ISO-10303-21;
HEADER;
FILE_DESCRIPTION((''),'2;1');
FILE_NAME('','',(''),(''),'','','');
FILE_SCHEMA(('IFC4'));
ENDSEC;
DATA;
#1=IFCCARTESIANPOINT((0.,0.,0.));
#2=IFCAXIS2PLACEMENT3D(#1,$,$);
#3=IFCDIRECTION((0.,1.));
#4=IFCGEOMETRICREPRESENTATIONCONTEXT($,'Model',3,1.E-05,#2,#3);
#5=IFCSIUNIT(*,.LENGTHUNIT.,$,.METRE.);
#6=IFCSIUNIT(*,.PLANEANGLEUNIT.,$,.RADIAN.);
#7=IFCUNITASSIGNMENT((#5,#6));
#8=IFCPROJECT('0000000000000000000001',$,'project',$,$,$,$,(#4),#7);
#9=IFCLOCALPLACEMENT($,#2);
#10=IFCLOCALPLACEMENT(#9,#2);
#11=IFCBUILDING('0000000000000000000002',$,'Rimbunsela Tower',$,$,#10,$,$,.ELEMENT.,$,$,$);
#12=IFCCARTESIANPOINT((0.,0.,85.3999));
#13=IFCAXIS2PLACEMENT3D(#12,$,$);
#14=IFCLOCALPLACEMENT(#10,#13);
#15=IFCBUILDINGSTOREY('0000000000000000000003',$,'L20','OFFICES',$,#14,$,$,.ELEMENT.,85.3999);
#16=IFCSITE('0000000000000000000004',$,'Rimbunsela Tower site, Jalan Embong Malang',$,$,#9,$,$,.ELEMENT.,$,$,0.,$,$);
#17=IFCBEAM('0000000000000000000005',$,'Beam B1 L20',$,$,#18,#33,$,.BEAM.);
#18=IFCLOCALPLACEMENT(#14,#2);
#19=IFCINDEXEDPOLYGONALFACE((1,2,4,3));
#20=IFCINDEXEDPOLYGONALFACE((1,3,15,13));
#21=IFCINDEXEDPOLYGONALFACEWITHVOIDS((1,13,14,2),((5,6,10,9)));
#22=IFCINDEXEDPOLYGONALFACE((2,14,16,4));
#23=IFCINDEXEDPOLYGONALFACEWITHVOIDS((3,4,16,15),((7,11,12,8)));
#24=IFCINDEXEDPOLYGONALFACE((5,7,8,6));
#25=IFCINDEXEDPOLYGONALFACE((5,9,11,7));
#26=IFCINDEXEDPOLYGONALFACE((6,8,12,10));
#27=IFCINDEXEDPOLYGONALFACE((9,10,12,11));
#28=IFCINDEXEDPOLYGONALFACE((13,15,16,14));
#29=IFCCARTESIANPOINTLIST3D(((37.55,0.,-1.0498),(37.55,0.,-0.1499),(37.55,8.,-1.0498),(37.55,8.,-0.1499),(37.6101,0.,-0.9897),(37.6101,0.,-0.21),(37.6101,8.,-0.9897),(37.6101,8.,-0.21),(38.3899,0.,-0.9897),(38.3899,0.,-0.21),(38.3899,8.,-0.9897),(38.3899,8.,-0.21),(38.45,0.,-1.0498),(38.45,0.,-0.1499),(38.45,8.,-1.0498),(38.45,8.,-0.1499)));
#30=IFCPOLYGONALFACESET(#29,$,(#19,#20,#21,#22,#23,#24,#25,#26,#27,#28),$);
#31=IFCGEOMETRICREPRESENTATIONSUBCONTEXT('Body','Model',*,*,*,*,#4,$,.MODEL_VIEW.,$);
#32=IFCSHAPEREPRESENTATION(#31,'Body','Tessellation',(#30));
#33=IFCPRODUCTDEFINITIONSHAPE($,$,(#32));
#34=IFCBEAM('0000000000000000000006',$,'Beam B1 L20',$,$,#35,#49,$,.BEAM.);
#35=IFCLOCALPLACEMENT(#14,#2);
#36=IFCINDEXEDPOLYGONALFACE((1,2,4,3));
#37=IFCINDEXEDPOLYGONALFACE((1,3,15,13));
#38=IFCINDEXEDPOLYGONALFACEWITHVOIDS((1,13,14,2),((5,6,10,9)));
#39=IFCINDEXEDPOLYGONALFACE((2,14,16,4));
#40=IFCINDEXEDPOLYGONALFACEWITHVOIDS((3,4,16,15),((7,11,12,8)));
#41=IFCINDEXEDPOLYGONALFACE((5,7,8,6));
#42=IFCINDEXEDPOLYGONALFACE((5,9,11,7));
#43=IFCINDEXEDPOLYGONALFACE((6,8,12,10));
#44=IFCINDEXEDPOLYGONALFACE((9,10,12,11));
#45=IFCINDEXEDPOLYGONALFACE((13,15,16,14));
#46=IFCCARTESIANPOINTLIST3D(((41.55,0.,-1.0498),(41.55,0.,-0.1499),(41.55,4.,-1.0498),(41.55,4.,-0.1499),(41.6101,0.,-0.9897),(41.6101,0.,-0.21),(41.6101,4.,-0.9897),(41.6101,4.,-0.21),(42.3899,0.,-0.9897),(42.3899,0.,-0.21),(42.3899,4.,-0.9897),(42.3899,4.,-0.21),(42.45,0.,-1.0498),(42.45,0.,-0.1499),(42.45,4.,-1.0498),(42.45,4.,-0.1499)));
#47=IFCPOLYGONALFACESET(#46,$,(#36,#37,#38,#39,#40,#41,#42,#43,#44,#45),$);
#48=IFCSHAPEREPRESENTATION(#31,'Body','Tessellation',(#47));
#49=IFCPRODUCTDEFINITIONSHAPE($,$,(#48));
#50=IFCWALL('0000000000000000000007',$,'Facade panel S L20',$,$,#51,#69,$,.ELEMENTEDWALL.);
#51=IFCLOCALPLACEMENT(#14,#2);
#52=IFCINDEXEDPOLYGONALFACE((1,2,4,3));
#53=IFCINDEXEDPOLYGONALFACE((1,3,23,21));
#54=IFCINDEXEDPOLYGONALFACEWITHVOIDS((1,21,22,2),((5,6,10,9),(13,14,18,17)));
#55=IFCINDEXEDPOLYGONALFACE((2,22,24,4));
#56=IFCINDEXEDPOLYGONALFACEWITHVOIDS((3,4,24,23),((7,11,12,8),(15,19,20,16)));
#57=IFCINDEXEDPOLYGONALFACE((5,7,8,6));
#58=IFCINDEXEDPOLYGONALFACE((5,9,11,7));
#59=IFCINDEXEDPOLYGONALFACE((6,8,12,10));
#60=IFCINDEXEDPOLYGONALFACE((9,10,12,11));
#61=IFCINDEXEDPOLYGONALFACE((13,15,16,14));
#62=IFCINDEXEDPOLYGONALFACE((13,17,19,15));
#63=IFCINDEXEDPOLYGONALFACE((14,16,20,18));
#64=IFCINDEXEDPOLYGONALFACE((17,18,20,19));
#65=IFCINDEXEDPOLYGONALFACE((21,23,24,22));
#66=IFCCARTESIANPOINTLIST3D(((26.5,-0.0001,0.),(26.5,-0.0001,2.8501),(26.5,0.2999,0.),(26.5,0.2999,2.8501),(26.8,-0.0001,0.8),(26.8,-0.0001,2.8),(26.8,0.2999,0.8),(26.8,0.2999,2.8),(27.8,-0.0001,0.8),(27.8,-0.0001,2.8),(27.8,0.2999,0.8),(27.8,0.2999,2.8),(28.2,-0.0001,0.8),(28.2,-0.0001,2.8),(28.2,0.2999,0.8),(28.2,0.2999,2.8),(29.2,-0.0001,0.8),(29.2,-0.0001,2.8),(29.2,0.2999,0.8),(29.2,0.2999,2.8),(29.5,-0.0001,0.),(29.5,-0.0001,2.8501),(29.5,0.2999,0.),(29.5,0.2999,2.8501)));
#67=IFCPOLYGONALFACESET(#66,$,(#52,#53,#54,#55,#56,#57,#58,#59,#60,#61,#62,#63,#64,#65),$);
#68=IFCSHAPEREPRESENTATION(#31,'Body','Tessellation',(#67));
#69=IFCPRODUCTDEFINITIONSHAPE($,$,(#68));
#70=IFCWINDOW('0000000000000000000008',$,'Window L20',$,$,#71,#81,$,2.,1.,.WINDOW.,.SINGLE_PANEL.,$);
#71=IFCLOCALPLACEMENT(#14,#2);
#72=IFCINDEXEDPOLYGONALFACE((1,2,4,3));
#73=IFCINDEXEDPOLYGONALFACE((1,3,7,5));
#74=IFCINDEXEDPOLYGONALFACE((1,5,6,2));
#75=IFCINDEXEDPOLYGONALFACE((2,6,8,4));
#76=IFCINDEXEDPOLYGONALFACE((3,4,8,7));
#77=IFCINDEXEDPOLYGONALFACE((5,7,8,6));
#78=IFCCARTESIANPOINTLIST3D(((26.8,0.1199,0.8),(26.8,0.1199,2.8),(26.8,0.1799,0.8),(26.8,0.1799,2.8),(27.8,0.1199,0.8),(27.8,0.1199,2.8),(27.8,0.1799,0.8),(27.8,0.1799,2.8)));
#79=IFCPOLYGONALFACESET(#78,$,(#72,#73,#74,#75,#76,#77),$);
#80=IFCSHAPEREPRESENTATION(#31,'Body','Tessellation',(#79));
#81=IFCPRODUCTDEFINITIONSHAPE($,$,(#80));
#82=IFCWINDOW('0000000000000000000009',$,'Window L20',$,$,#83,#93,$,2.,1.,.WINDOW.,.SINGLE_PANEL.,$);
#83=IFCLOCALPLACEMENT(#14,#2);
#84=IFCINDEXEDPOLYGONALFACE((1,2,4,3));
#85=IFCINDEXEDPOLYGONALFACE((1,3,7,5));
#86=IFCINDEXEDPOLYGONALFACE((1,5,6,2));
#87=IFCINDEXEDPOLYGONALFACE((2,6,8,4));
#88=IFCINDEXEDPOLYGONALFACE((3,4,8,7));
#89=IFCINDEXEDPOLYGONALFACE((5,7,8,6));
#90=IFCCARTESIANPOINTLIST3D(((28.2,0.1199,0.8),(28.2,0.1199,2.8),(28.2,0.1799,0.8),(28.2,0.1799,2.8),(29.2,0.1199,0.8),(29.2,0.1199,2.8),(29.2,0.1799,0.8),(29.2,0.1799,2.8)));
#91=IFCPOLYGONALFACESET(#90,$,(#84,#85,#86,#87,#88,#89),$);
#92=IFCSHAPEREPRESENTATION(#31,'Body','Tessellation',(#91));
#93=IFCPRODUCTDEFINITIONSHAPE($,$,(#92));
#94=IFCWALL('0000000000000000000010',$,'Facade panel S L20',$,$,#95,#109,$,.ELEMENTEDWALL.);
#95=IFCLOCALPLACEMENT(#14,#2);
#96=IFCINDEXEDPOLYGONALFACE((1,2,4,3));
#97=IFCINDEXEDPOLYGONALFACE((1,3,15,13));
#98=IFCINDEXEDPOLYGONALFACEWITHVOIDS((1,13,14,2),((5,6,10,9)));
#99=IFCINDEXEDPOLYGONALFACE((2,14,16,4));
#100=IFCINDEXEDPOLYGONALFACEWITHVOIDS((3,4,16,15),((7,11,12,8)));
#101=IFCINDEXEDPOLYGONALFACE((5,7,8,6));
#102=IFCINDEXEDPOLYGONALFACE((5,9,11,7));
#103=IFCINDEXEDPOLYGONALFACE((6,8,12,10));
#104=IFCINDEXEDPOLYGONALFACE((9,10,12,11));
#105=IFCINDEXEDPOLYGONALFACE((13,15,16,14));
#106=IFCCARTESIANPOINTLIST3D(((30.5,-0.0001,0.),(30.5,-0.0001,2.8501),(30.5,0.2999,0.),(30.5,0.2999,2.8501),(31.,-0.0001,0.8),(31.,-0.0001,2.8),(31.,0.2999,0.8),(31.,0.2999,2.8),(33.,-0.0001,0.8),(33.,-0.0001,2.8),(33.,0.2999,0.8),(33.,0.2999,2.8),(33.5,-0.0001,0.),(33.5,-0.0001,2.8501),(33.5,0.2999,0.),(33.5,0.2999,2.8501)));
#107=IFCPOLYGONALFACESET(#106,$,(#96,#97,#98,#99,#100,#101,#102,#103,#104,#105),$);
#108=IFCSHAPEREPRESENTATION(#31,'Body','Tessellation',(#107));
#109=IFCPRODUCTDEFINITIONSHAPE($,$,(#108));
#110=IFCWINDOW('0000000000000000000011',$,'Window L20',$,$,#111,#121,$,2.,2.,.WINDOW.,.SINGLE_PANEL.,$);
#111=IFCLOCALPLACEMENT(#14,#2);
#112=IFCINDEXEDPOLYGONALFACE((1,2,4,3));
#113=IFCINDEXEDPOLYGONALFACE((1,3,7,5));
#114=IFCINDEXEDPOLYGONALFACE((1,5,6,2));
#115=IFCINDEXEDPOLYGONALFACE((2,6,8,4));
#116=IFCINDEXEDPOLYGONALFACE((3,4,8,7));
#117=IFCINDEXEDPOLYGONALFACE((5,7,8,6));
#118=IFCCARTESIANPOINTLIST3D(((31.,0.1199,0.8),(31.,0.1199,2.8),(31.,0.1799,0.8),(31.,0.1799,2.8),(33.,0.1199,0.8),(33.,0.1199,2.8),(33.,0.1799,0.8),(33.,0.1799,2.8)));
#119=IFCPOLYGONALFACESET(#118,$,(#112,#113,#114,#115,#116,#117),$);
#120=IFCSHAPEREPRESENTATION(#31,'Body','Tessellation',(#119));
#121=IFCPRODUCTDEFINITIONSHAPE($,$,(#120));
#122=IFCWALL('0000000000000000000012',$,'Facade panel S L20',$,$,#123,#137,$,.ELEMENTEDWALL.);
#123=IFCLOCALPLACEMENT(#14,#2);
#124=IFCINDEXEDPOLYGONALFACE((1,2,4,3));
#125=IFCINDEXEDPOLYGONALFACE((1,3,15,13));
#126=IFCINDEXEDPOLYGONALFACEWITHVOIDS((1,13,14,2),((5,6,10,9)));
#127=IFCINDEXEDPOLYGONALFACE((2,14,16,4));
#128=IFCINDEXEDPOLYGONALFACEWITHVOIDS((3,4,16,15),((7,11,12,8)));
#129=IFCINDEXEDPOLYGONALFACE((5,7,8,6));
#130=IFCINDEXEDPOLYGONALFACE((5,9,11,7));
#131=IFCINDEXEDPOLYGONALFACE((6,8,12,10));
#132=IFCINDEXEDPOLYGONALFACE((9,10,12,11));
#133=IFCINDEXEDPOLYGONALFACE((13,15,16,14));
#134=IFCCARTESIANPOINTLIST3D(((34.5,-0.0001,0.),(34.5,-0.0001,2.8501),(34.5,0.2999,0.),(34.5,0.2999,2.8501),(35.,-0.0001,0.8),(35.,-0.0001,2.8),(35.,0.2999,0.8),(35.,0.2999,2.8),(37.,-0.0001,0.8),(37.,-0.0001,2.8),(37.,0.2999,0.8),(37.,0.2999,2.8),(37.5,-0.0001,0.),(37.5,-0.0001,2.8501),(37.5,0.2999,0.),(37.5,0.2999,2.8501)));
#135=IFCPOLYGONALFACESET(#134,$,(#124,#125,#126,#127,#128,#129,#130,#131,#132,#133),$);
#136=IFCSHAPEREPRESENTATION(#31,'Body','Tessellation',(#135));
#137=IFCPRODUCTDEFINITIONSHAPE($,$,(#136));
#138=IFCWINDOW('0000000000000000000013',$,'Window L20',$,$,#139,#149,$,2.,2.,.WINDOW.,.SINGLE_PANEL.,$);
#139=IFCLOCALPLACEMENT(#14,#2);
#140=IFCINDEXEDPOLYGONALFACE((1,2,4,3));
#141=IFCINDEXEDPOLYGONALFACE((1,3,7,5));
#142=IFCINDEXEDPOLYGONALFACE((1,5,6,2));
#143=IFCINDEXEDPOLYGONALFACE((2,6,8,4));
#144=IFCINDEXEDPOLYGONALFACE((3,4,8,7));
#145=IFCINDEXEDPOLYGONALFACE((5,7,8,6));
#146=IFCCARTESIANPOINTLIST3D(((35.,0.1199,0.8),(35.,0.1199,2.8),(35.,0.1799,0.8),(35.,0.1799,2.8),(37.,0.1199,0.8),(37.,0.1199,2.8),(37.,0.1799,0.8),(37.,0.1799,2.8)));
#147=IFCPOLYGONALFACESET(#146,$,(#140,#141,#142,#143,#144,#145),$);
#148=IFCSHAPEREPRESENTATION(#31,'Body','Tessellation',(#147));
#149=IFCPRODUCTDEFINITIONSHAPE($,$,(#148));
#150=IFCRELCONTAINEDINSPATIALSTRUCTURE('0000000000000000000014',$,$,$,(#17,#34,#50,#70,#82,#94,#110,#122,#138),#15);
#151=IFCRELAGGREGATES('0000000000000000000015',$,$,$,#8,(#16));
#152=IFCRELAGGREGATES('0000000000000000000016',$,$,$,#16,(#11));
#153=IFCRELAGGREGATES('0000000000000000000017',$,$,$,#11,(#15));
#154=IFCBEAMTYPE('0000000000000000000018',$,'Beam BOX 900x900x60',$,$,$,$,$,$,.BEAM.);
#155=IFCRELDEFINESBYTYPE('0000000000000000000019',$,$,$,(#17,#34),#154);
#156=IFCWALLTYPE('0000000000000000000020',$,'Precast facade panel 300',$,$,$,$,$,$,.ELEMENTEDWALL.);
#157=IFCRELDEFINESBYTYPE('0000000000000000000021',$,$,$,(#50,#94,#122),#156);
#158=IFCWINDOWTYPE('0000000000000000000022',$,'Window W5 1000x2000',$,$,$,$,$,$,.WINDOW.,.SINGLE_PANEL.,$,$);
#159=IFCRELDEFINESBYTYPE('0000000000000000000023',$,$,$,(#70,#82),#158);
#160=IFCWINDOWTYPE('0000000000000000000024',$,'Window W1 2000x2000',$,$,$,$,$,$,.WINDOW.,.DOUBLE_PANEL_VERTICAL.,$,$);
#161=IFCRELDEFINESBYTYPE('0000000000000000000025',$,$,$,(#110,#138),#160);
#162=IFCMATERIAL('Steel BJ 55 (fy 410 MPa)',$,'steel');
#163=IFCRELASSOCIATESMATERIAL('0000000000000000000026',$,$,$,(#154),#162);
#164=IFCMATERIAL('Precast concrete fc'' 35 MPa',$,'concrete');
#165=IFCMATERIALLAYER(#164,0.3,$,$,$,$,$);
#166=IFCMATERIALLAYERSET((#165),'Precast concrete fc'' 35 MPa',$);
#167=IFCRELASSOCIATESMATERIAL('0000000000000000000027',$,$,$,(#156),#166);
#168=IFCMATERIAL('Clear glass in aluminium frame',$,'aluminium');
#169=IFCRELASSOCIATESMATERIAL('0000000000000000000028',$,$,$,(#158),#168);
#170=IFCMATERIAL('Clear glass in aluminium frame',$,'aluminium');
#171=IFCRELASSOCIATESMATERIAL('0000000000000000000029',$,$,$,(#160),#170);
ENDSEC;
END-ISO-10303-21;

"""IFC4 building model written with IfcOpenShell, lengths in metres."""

from ifc_helpers import new_model, si_unit, direction, frame, frame_2d, origin, origin_2d, place, context, subcontext, project, spatial, rectangle, hollow_rectangle, extrude, material, layer, layer_set, material_profile, profile_set, type_object, element, fill, save


model = new_model("IFC4")

# Units and contexts
model_context = context("Model", 3, precision=1e-05, world=origin(), true_north=direction((0.0, 1.0)))
body_context = subcontext(model_context, "Body", "Model", "MODEL_VIEW")
ifc_project = project(units=[si_unit("LENGTHUNIT", "METRE"), si_unit("PLANEANGLEUNIT", "RADIAN")], contexts=[model_context])

# Site, building, storey
site_placement = place(None, origin())
site = spatial("IfcSite", under=ifc_project, at=site_placement, Name="Rimbunsela Tower site, Jalan Embong Malang", CompositionType="ELEMENT", RefElevation=0.0)
building_placement = place(site_placement, origin())
building = spatial("IfcBuilding", under=site, at=building_placement, Name="Rimbunsela Tower", CompositionType="ELEMENT")
storey_placement = place(building_placement, frame((0.0, 0.0, 85.3999)))
storey = spatial("IfcBuildingStorey", under=building, at=storey_placement, Name="L20", Description="OFFICES", CompositionType="ELEMENT", Elevation=85.3999)

# Beams
ifc_material_1 = material(Name="Steel BJ 55 (fy 410 MPa)", Category="steel")
ifc_material_profile_1 = material_profile(ifc_material_1, hollow_rectangle(XDim=0.8999, YDim=0.8999, WallThickness=0.0601, at=origin_2d()), Name="BOX 900x900x60")
ifc_profile_set_1 = profile_set([ifc_material_profile_1], Name="Steel BJ 55 (fy 410 MPa)")
beam_type_1 = type_object("IfcBeamType", Name="Beam BOX 900x900x60", PredefinedType="BEAM", material=ifc_profile_set_1)
beam_1_placement = place(storey_placement, frame((38.0, 0.0, -0.5999), z_axis=(0.0, 1.0, 0.0), x_axis=(-1.0, 0.0, 0.0)))
element("IfcBeam", 1, at=beam_1_placement, inside=storey, type_object=beam_type_1, Name="Beam B1 L20", PredefinedType="BEAM", context=body_context, shape_type="SweptSolid", body=[
    extrude(hollow_rectangle(XDim=0.8999, YDim=0.8999, WallThickness=0.0601, at=origin_2d()), origin(), (0.0, 0.0, 1.0), 8.0),
])
beam_2_placement = place(storey_placement, frame((42.0, 0.0, -0.5999), z_axis=(0.0, 1.0, 0.0), x_axis=(-1.0, 0.0, 0.0)))
element("IfcBeam", 2, at=beam_2_placement, inside=storey, type_object=beam_type_1, Name="Beam B1 L20", PredefinedType="BEAM", context=body_context, shape_type="SweptSolid", body=[
    extrude(hollow_rectangle(XDim=0.8999, YDim=0.8999, WallThickness=0.0601, at=origin_2d()), origin(), (0.0, 0.0, 1.0), 4.0),
])

# Wall, openings, windows
ifc_material_2 = material(Name="Precast concrete fc' 35 MPa", Category="concrete")
ifc_layer_1 = layer(ifc_material_2, 0.3)
ifc_layer_set_1 = layer_set([ifc_layer_1], Name="Precast concrete fc' 35 MPa")
wall_type_1 = type_object("IfcWallType", Name="Precast facade panel 300", PredefinedType="ELEMENTEDWALL", material=ifc_layer_set_1)
wall_1_placement = place(storey_placement, frame((26.5, 0.1499, 0.0), z_axis=(0.0, 0.0, 1.0), x_axis=(1.0, 0.0, 0.0)))
wall_1 = element("IfcWall", 3, at=wall_1_placement, inside=storey, type_object=wall_type_1, Name="Facade panel S L20", PredefinedType="ELEMENTEDWALL", context=body_context, shape_type="SweptSolid", body=[
    extrude(rectangle(XDim=3.0, YDim=0.3, at=frame_2d((1.5, 0.0))), origin(), (0.0, 0.0, 1.0), 2.8501),
])
opening_1_placement = place(wall_1_placement, frame((0.3, 0.0, 0.8)))
opening_1 = element("IfcOpeningElement", 4, at=opening_1_placement, cuts=wall_1, PredefinedType="OPENING", context=body_context, shape_type="SweptSolid", body=[
    extrude(rectangle(XDim=1.0, YDim=2.0, at=frame_2d((0.5, 1.0))), frame((0.0, 0.1599, 0.0), z_axis=(0.0, -1.0, 0.0), x_axis=(1.0, 0.0, 0.0)), (0.0, 0.0, 1.0), 0.3201),
])
opening_2_placement = place(wall_1_placement, frame((1.7, 0.0, 0.8)))
opening_2 = element("IfcOpeningElement", 5, at=opening_2_placement, cuts=wall_1, PredefinedType="OPENING", context=body_context, shape_type="SweptSolid", body=[
    extrude(rectangle(XDim=1.0, YDim=2.0, at=frame_2d((0.5, 1.0))), frame((0.0, 0.1599, 0.0), z_axis=(0.0, -1.0, 0.0), x_axis=(1.0, 0.0, 0.0)), (0.0, 0.0, 1.0), 0.3201),
])
ifc_material_3 = material(Name="Clear glass in aluminium frame", Category="aluminium")
window_type_1 = type_object("IfcWindowType", Name="Window W5 1000x2000", PartitioningType="SINGLE_PANEL", PredefinedType="WINDOW", material=ifc_material_3)
window_1_placement = place(opening_1_placement, origin())
window_1 = element("IfcWindow", 6, at=window_1_placement, inside=storey, type_object=window_type_1, Name="Window L20", OverallHeight=2.0, OverallWidth=1.0, PartitioningType="SINGLE_PANEL", PredefinedType="WINDOW", context=body_context, shape_type="SweptSolid", body=[
    extrude(rectangle(XDim=1.0, YDim=2.0, at=frame_2d((0.5, 1.0))), frame((0.0, 0.03, 0.0), z_axis=(0.0, -1.0, 0.0), x_axis=(1.0, 0.0, 0.0)), (0.0, 0.0, 1.0), 0.0601),
])
fill(opening_1, window_1)
window_2_placement = place(opening_2_placement, origin())
window_2 = element("IfcWindow", 7, at=window_2_placement, inside=storey, type_object=window_type_1, Name="Window L20", OverallHeight=2.0, OverallWidth=1.0, PartitioningType="SINGLE_PANEL", PredefinedType="WINDOW", context=body_context, shape_type="SweptSolid", body=[
    extrude(rectangle(XDim=1.0, YDim=2.0, at=frame_2d((0.5, 1.0))), frame((0.0, 0.03, 0.0), z_axis=(0.0, -1.0, 0.0), x_axis=(1.0, 0.0, 0.0)), (0.0, 0.0, 1.0), 0.0601),
])
fill(opening_2, window_2)

# Walls, openings, windows
wall_2_placement = place(storey_placement, frame((30.5, 0.1499, 0.0), z_axis=(0.0, 0.0, 1.0), x_axis=(1.0, 0.0, 0.0)))
wall_2 = element("IfcWall", 8, at=wall_2_placement, inside=storey, type_object=wall_type_1, Name="Facade panel S L20", PredefinedType="ELEMENTEDWALL", context=body_context, shape_type="SweptSolid", body=[
    extrude(rectangle(XDim=3.0, YDim=0.3, at=frame_2d((1.5, 0.0))), origin(), (0.0, 0.0, 1.0), 2.8501),
])
opening_3_placement = place(wall_2_placement, frame((0.5, 0.0, 0.8)))
opening_3 = element("IfcOpeningElement", 9, at=opening_3_placement, cuts=wall_2, PredefinedType="OPENING", context=body_context, shape_type="SweptSolid", body=[
    extrude(rectangle(XDim=2.0, YDim=2.0, at=frame_2d((1.0, 1.0))), frame((0.0, 0.1599, 0.0), z_axis=(0.0, -1.0, 0.0), x_axis=(1.0, 0.0, 0.0)), (0.0, 0.0, 1.0), 0.3201),
])
ifc_material_4 = material(Name="Clear glass in aluminium frame", Category="aluminium")
window_type_2 = type_object("IfcWindowType", Name="Window W1 2000x2000", PartitioningType="DOUBLE_PANEL_VERTICAL", PredefinedType="WINDOW", material=ifc_material_4)
window_3_placement = place(opening_3_placement, origin())
window_3 = element("IfcWindow", 10, at=window_3_placement, inside=storey, type_object=window_type_2, Name="Window L20", OverallHeight=2.0, OverallWidth=2.0, PartitioningType="SINGLE_PANEL", PredefinedType="WINDOW", context=body_context, shape_type="SweptSolid", body=[
    extrude(rectangle(XDim=2.0, YDim=2.0, at=frame_2d((1.0, 1.0))), frame((0.0, 0.03, 0.0), z_axis=(0.0, -1.0, 0.0), x_axis=(1.0, 0.0, 0.0)), (0.0, 0.0, 1.0), 0.0601),
])
fill(opening_3, window_3)
wall_3_placement = place(storey_placement, frame((34.5, 0.1499, 0.0), z_axis=(0.0, 0.0, 1.0), x_axis=(1.0, 0.0, 0.0)))
wall_3 = element("IfcWall", 11, at=wall_3_placement, inside=storey, type_object=wall_type_1, Name="Facade panel S L20", PredefinedType="ELEMENTEDWALL", context=body_context, shape_type="SweptSolid", body=[
    extrude(rectangle(XDim=3.0, YDim=0.3, at=frame_2d((1.5, 0.0))), origin(), (0.0, 0.0, 1.0), 2.8501),
])
opening_4_placement = place(wall_3_placement, frame((0.5, 0.0, 0.8)))
opening_4 = element("IfcOpeningElement", 12, at=opening_4_placement, cuts=wall_3, PredefinedType="OPENING", context=body_context, shape_type="SweptSolid", body=[
    extrude(rectangle(XDim=2.0, YDim=2.0, at=frame_2d((1.0, 1.0))), frame((0.0, 0.1599, 0.0), z_axis=(0.0, -1.0, 0.0), x_axis=(1.0, 0.0, 0.0)), (0.0, 0.0, 1.0), 0.3201),
])
window_4_placement = place(opening_4_placement, origin())
window_4 = element("IfcWindow", 13, at=window_4_placement, inside=storey, type_object=window_type_2, Name="Window L20", OverallHeight=2.0, OverallWidth=2.0, PartitioningType="SINGLE_PANEL", PredefinedType="WINDOW", context=body_context, shape_type="SweptSolid", body=[
    extrude(rectangle(XDim=2.0, YDim=2.0, at=frame_2d((1.0, 1.0))), frame((0.0, 0.03, 0.0), z_axis=(0.0, -1.0, 0.0), x_axis=(1.0, 0.0, 0.0)), (0.0, 0.0, 1.0), 0.0601),
])
fill(opening_4, window_4)

save(model, "model.ifc")
